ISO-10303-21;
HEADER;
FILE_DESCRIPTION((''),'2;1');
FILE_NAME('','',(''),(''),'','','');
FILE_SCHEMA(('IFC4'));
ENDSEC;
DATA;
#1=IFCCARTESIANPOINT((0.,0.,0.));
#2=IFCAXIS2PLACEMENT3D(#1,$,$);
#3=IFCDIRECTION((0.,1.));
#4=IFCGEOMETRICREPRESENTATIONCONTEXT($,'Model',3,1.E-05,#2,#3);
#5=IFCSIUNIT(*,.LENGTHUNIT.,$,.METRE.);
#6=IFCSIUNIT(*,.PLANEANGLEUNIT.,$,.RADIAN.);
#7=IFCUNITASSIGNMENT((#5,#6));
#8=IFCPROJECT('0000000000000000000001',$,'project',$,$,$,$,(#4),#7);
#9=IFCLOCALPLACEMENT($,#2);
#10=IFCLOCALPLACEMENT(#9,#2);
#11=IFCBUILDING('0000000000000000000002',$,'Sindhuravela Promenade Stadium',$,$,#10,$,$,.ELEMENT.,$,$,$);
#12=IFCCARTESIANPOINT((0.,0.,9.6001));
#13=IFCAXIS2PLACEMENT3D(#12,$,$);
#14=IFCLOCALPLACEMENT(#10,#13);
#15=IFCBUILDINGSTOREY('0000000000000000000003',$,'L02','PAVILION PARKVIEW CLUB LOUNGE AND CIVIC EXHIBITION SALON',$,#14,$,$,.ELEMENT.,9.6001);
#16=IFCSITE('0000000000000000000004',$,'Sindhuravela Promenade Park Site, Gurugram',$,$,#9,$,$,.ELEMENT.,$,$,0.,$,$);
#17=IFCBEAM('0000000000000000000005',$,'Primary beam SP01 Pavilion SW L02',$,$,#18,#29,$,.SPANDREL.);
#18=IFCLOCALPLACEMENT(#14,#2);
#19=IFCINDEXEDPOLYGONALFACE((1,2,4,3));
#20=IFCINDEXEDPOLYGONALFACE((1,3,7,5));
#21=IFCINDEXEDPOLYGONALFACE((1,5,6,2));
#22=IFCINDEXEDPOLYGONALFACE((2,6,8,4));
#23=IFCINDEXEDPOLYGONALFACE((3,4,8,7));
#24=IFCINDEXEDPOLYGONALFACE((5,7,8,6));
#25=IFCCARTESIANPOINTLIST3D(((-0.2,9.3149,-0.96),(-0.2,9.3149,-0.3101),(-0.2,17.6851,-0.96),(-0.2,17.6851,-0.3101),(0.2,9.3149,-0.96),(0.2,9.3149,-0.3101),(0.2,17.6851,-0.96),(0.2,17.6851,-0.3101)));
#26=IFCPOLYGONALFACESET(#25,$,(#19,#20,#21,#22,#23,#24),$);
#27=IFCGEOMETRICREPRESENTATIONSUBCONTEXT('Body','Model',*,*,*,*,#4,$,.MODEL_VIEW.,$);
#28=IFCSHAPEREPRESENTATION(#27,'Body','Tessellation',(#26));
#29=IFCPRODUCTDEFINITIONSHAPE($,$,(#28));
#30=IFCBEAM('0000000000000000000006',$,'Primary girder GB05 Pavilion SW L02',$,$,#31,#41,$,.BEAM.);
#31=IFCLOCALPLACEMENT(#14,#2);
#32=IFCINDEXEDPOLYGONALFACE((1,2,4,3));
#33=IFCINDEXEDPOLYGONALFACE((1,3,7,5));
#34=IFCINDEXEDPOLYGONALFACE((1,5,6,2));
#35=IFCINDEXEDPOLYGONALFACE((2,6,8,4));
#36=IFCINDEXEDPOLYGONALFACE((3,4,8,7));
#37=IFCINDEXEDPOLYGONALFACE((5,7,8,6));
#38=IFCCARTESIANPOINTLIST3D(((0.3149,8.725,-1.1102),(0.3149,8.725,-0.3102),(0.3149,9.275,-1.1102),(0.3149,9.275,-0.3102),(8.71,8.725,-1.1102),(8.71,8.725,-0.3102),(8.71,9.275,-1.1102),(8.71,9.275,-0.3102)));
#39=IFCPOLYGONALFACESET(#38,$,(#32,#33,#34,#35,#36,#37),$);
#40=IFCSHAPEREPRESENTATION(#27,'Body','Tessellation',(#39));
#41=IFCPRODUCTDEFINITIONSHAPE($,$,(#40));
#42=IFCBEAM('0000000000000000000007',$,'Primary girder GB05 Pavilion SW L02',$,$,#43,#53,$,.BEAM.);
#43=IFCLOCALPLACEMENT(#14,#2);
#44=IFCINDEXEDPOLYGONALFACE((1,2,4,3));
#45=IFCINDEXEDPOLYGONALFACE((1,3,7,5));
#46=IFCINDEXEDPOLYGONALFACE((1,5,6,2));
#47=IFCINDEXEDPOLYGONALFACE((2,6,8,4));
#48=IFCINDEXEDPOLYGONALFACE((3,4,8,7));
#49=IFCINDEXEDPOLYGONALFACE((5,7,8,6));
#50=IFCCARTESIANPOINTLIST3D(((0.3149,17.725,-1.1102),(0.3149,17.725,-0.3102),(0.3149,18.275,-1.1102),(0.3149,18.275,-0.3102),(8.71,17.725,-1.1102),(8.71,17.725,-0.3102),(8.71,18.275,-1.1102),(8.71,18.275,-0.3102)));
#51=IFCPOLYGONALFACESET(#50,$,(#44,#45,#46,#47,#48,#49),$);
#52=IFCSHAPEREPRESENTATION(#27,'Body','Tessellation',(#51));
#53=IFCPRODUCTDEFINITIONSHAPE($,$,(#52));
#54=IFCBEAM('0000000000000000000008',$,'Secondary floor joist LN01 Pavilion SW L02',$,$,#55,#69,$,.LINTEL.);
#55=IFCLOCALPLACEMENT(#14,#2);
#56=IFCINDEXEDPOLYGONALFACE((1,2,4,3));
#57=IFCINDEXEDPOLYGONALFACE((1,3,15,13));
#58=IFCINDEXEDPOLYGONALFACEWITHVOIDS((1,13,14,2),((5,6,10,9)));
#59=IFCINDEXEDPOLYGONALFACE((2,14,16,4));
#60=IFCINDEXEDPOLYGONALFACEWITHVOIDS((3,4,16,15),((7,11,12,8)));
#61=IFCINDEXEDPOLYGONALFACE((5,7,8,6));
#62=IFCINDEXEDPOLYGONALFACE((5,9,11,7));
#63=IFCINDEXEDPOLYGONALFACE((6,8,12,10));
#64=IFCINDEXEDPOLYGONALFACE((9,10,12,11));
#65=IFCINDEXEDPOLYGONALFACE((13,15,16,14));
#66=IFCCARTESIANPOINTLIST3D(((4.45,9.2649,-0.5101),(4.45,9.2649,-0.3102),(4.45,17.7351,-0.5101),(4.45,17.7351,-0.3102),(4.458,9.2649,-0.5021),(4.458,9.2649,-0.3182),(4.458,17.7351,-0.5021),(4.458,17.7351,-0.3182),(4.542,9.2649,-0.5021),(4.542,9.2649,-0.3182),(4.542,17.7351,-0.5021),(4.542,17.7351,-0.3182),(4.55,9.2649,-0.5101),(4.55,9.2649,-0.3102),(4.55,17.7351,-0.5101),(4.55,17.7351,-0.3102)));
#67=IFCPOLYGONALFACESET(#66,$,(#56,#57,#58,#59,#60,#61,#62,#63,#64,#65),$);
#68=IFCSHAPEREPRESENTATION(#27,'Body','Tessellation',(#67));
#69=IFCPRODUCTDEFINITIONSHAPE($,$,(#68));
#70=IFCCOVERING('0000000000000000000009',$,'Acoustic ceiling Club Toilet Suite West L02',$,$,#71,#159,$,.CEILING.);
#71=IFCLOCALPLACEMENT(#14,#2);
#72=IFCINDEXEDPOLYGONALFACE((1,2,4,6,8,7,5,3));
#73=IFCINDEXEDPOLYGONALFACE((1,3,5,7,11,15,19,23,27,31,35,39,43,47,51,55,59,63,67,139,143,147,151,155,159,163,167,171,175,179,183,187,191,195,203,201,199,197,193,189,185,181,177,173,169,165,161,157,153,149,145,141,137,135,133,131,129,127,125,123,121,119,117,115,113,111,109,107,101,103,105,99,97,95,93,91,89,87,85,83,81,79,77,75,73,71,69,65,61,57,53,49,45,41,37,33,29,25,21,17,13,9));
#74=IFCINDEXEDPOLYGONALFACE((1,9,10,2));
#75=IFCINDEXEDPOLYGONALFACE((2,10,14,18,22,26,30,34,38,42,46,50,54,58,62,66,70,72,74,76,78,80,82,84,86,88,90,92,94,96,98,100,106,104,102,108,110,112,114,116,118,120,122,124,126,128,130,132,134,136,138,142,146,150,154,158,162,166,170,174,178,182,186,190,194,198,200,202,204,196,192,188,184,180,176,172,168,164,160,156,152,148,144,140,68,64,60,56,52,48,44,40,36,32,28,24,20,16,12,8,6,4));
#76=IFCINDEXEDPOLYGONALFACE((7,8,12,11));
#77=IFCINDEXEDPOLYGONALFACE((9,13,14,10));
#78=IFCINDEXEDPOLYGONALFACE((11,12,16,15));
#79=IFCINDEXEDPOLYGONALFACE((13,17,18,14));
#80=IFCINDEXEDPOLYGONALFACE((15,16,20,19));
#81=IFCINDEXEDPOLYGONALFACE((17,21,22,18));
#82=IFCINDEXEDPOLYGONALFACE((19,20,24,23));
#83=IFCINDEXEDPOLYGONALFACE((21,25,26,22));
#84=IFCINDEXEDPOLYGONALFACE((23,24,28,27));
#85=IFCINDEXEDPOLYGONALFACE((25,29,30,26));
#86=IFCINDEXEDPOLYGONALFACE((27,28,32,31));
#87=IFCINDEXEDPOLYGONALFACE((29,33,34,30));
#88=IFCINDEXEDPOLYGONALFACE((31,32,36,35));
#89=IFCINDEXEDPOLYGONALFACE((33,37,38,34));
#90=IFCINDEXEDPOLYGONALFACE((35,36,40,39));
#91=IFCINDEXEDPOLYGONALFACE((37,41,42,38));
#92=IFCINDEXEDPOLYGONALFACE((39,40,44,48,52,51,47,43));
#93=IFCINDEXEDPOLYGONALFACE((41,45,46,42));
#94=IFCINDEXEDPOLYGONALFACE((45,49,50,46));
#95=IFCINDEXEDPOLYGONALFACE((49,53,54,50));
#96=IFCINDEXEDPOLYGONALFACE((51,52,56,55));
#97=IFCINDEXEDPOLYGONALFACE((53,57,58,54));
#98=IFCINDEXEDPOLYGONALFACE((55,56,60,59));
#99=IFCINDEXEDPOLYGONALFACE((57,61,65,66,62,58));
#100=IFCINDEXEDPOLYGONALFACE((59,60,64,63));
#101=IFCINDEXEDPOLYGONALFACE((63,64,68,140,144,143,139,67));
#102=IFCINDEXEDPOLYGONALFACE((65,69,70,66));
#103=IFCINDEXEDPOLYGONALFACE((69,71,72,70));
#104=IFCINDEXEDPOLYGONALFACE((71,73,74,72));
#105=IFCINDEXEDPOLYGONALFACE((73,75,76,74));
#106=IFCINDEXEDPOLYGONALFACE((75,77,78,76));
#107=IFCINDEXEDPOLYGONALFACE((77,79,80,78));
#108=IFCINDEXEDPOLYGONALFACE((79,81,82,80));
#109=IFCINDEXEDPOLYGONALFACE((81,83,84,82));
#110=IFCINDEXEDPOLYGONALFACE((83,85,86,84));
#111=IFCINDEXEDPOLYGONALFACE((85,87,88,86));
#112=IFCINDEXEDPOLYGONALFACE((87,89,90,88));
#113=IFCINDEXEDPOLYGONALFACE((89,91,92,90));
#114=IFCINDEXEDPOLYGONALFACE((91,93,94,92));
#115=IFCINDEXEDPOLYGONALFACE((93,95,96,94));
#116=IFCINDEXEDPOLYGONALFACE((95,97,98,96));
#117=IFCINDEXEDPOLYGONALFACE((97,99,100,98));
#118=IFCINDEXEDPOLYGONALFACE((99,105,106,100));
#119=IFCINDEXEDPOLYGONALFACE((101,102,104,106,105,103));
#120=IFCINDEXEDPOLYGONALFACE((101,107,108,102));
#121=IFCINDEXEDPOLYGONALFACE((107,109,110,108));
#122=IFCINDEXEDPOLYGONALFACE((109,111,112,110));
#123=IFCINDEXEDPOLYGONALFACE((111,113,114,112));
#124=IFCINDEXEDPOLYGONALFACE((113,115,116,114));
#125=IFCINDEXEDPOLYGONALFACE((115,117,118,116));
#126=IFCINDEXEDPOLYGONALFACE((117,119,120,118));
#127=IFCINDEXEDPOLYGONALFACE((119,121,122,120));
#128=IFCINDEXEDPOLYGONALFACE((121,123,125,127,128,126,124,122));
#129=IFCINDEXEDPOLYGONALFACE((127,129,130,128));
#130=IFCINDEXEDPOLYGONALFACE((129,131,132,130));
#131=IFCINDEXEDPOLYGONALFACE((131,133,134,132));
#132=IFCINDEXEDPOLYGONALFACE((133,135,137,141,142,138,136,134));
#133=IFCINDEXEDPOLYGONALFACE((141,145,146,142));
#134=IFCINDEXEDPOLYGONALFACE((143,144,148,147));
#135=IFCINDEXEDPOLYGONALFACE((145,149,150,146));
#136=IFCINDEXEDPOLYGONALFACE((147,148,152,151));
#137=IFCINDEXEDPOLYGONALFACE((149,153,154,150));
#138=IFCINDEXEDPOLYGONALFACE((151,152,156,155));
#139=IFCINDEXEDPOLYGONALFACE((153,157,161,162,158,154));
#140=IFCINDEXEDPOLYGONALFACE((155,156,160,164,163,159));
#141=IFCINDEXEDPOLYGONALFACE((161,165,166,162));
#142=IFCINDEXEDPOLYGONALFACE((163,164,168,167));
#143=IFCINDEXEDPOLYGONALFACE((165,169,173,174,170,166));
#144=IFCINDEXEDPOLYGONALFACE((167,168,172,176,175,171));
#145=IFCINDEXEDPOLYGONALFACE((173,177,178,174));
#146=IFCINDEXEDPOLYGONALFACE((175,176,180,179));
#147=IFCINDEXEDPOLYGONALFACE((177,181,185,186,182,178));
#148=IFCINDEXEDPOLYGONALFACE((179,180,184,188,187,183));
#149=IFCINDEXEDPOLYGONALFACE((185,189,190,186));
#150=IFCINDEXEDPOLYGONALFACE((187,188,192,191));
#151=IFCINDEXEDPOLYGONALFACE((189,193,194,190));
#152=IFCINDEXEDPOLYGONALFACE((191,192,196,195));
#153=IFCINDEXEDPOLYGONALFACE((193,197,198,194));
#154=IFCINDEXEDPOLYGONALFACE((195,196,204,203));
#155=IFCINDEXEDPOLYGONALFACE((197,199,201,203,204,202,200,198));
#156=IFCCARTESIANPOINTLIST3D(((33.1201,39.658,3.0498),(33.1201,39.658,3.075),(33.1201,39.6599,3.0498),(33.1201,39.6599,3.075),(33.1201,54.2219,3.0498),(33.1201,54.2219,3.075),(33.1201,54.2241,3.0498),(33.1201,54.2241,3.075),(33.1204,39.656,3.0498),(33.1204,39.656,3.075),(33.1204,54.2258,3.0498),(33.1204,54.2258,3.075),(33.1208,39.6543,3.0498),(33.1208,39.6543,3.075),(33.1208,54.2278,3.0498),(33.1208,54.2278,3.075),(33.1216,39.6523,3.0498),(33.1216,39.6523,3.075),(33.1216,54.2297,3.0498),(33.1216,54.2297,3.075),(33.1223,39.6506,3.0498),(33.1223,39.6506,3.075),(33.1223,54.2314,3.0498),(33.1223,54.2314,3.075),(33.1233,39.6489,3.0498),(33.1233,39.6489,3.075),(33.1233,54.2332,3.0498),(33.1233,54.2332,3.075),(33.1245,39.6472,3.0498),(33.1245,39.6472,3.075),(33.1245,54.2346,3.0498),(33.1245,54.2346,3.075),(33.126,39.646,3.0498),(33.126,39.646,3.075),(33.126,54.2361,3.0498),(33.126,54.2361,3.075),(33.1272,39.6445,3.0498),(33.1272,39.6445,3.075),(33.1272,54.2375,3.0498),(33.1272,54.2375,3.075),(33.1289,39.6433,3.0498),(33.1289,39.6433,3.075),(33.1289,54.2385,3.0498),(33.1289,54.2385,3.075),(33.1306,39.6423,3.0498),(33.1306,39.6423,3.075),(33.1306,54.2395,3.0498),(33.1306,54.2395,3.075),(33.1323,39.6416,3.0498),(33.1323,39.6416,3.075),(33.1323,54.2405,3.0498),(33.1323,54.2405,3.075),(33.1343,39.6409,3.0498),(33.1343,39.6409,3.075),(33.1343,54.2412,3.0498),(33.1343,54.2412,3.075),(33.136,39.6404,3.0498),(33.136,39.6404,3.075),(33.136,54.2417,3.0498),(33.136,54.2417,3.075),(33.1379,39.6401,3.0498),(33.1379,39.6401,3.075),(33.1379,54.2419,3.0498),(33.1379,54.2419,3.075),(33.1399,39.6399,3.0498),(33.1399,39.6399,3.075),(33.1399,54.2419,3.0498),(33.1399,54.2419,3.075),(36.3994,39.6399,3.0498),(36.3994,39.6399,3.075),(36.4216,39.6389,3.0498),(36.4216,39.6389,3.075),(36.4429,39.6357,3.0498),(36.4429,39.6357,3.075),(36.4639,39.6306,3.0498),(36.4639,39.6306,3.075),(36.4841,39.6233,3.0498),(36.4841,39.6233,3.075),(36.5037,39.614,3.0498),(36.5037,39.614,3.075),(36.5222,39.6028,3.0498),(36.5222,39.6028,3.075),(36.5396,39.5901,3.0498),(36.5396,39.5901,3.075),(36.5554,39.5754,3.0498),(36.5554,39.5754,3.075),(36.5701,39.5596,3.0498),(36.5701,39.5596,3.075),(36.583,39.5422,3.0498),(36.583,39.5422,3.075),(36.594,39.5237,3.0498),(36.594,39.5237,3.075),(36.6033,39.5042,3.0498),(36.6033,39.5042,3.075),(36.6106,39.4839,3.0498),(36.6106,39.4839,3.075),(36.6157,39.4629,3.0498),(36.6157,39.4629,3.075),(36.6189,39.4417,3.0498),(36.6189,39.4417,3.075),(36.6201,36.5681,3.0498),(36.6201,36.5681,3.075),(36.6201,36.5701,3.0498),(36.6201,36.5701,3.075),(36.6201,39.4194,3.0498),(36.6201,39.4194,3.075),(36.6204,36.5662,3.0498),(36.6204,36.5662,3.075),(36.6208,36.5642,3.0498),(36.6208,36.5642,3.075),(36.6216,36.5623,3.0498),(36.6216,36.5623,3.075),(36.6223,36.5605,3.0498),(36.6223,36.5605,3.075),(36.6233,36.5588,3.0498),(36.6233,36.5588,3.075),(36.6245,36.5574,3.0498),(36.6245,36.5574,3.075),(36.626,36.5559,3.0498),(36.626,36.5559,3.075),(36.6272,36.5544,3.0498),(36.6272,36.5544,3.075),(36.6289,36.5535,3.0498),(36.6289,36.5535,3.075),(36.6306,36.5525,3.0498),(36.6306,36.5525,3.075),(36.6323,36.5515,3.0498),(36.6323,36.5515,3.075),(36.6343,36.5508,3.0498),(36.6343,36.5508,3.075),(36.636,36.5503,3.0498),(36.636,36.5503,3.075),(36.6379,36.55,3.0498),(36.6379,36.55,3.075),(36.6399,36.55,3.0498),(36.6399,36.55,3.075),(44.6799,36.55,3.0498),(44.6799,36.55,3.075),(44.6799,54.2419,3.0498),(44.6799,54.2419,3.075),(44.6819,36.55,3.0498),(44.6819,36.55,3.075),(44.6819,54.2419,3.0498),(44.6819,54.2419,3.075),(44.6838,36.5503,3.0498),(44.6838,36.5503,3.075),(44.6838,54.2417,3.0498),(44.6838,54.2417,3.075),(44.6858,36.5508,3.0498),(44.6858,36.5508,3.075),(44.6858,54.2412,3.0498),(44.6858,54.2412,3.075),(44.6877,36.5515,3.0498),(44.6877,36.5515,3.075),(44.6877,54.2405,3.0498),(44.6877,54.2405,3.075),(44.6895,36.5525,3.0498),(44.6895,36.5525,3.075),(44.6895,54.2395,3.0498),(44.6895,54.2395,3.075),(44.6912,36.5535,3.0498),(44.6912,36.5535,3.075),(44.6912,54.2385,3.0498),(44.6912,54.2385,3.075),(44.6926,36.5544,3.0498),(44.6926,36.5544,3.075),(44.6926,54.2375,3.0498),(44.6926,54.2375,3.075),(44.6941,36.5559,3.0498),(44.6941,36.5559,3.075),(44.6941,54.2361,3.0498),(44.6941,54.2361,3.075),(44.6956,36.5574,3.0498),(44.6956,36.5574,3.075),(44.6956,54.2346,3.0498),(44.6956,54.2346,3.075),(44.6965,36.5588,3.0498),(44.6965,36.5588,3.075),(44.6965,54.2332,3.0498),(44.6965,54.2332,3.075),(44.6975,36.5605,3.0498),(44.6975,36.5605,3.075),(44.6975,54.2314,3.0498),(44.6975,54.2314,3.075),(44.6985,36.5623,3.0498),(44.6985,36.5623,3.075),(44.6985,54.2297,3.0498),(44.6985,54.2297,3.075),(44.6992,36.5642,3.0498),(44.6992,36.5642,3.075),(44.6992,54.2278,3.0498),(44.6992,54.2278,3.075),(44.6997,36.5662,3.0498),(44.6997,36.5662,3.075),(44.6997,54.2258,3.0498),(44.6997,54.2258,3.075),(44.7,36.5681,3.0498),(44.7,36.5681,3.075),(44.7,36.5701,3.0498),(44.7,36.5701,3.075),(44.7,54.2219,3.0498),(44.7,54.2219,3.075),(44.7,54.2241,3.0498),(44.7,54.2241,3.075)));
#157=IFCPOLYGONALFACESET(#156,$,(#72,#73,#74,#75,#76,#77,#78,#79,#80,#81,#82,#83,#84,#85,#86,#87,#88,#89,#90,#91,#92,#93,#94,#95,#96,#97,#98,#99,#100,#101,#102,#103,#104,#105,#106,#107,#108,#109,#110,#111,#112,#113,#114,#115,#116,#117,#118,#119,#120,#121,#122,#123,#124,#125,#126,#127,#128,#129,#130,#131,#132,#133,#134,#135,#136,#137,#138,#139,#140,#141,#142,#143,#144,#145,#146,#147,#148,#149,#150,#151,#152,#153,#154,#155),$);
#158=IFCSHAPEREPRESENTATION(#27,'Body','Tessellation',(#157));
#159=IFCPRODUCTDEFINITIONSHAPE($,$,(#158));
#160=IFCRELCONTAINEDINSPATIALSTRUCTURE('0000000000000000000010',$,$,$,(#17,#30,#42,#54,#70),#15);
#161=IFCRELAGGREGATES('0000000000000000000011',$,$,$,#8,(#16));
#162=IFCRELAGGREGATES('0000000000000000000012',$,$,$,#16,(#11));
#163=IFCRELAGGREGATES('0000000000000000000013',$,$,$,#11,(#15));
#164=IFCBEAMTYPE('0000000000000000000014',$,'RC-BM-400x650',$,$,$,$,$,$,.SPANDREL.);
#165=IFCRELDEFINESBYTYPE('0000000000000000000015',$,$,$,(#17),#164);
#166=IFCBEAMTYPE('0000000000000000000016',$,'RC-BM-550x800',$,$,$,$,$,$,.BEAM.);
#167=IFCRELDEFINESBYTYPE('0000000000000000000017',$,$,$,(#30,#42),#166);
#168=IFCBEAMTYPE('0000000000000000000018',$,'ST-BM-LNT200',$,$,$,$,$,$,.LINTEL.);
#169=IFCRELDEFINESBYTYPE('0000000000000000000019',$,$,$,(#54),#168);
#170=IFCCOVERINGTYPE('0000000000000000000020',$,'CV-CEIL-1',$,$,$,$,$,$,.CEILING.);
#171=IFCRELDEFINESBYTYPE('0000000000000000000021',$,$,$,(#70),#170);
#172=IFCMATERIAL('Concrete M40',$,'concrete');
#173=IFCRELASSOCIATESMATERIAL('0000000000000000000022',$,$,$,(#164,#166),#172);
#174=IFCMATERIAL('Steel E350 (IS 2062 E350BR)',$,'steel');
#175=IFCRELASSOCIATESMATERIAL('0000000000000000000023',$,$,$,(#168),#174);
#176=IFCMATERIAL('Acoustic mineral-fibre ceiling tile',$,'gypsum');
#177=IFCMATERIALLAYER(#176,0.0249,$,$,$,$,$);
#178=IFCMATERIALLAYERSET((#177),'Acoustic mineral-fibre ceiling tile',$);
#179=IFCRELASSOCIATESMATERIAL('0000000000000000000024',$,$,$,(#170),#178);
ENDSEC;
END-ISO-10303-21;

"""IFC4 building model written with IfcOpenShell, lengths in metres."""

from ifc_helpers import new_model, si_unit, direction, frame, origin, origin_2d, place, context, subcontext, project, spatial, polyline, rectangle, hollow_rectangle, outline, extrude, material, layer, layer_set, material_profile, profile_set, type_object, element, save


model = new_model("IFC4")

# Units and contexts
model_context = context("Model", 3, precision=1e-05, world=origin(), true_north=direction((0.0, 1.0)))
body_context = subcontext(model_context, "Body", "Model", "MODEL_VIEW")
ifc_project = project(units=[si_unit("LENGTHUNIT", "METRE"), si_unit("PLANEANGLEUNIT", "RADIAN")], contexts=[model_context])

# Site, building, storey
site_placement = place(None, origin())
site = spatial("IfcSite", under=ifc_project, at=site_placement, Name="Sindhuravela Promenade Park Site, Gurugram", CompositionType="ELEMENT", RefElevation=0.0)
building_placement = place(site_placement, origin())
building = spatial("IfcBuilding", under=site, at=building_placement, Name="Sindhuravela Promenade Stadium", CompositionType="ELEMENT")
storey_placement = place(building_placement, frame((0.0, 0.0, 9.6001)))
storey = spatial("IfcBuildingStorey", under=building, at=storey_placement, Name="L02", Description="PAVILION PARKVIEW CLUB LOUNGE AND CIVIC EXHIBITION SALON", CompositionType="ELEMENT", Elevation=9.6001)

# Beams
ifc_material_1 = material(Name="Concrete M40", Category="concrete")
ifc_material_profile_1 = material_profile(ifc_material_1, rectangle(XDim=0.3999, YDim=0.6499, at=origin_2d()), Name="RC 400x650")
ifc_profile_set_1 = profile_set([ifc_material_profile_1], Name="Concrete M40")
beam_type_1 = type_object("IfcBeamType", Name="RC-BM-400x650", PredefinedType="SPANDREL", material=ifc_profile_set_1)
beam_1_placement = place(storey_placement, frame((0.0, 9.3149, -0.635), z_axis=(0.0, 1.0, 0.0), x_axis=(-1.0, 0.0, 0.0)))
element("IfcBeam", 1, at=beam_1_placement, inside=storey, type_object=beam_type_1, Name="Primary beam SP01 Pavilion SW L02", PredefinedType="SPANDREL", context=body_context, shape_type="SweptSolid", body=[
    extrude(rectangle(XDim=0.3999, YDim=0.6499, at=origin_2d()), origin(), (0.0, 0.0, 1.0), 8.3701),
])
ifc_material_profile_2 = material_profile(ifc_material_1, rectangle(XDim=0.55, YDim=0.8, at=origin_2d()), Name="RC 550x800")
ifc_profile_set_2 = profile_set([ifc_material_profile_2], Name="Concrete M40")
beam_type_2 = type_object("IfcBeamType", Name="RC-BM-550x800", PredefinedType="BEAM", material=ifc_profile_set_2)
for number, where, z_axis, x_axis, name in (
    (2, (0.3149, 9.0, -0.7102), (1.0, 0.0, 0.0), (0.0, 1.0, 0.0), "Primary girder GB05 Pavilion SW L02"),
    (3, (0.3149, 18.0, -0.7102), (1.0, 0.0, 0.0), (0.0, 1.0, 0.0), "Primary girder GB05 Pavilion SW L02"),
):
    element("IfcBeam", number, at=place(storey_placement, frame(where, z_axis=z_axis, x_axis=x_axis)), inside=storey, type_object=beam_type_2, Name=name, PredefinedType="BEAM", context=body_context, shape_type="SweptSolid", body=[
        extrude(rectangle(XDim=0.55, YDim=0.8, at=origin_2d()), origin(), (0.0, 0.0, 1.0), 8.395),
    ])
ifc_material_2 = material(Name="Steel E350 (IS 2062 E350BR)", Category="steel")
ifc_material_profile_3 = material_profile(ifc_material_2, hollow_rectangle(XDim=0.1001, YDim=0.2, WallThickness=0.0081, at=origin_2d()), Name="RHS 200x100x8")
ifc_profile_set_3 = profile_set([ifc_material_profile_3], Name="Steel E350 (IS 2062 E350BR)")
beam_type_3 = type_object("IfcBeamType", Name="ST-BM-LNT200", PredefinedType="LINTEL", material=ifc_profile_set_3)
beam_2_placement = place(storey_placement, frame((4.5, 9.2649, -0.4102), z_axis=(0.0, 1.0, 0.0), x_axis=(-1.0, 0.0, 0.0)))
element("IfcBeam", 4, at=beam_2_placement, inside=storey, type_object=beam_type_3, Name="Secondary floor joist LN01 Pavilion SW L02", PredefinedType="LINTEL", context=body_context, shape_type="SweptSolid", body=[
    extrude(hollow_rectangle(XDim=0.1001, YDim=0.2, WallThickness=0.0081, at=origin_2d()), origin(), (0.0, 0.0, 1.0), 8.4702),
])

# Covering
ifc_material_3 = material(Name="Acoustic mineral-fibre ceiling tile", Category="gypsum")
ifc_layer_1 = layer(ifc_material_3, 0.0249)
ifc_layer_set_1 = layer_set([ifc_layer_1], Name="Acoustic mineral-fibre ceiling tile")
covering_type_1 = type_object("IfcCoveringType", Name="CV-CEIL-1", PredefinedType="CEILING", material=ifc_layer_set_1)
covering_1_placement = place(storey_placement, frame((0.0, 0.0, 3.0498)))
element("IfcCovering", 5, at=covering_1_placement, inside=storey, type_object=covering_type_1, Name="Acoustic ceiling Club Toilet Suite West L02", PredefinedType="CEILING", context=body_context, shape_type="SweptSolid", body=[
    extrude(outline(polyline([(44.7, 36.5701), (44.7, 36.5681), (44.6997, 36.5662), (44.6992, 36.5642), (44.6985, 36.5623), (44.6975, 36.5605), (44.6965, 36.5588), (44.6956, 36.5574), (44.6941, 36.5559), (44.6926, 36.5544), (44.6912, 36.5535), (44.6895, 36.5525), (44.6877, 36.5515), (44.6858, 36.5508), (44.6838, 36.5503), (44.6819, 36.55), (44.6799, 36.55), (36.6399, 36.55), (36.6379, 36.55), (36.636, 36.5503), (36.6343, 36.5508), (36.6323, 36.5515), (36.6306, 36.5525), (36.6289, 36.5535), (36.6272, 36.5544), (36.626, 36.5559), (36.6245, 36.5574), (36.6233, 36.5588), (36.6223, 36.5605), (36.6216, 36.5623), (36.6208, 36.5642), (36.6204, 36.5662), (36.6201, 36.5681), (36.6201, 36.5701), (36.6201, 39.4194), (36.6189, 39.4417), (36.6157, 39.4629), (36.6106, 39.4839), (36.6033, 39.5042), (36.594, 39.5237), (36.583, 39.5422), (36.5701, 39.5596), (36.5554, 39.5754), (36.5396, 39.5901), (36.5222, 39.6028), (36.5037, 39.614), (36.4841, 39.6233), (36.4639, 39.6306), (36.4429, 39.6357), (36.4216, 39.6389), (36.3994, 39.6399), (33.1399, 39.6399), (33.1379, 39.6401), (33.136, 39.6404), (33.1343, 39.6409), (33.1323, 39.6416), (33.1306, 39.6423), (33.1289, 39.6433), (33.1272, 39.6445), (33.126, 39.646), (33.1245, 39.6472), (33.1233, 39.6489), (33.1223, 39.6506), (33.1216, 39.6523), (33.1208, 39.6543), (33.1204, 39.656), (33.1201, 39.658), (33.1201, 39.6599), (33.1201, 54.2219), (33.1201, 54.2241), (33.1204, 54.2258), (33.1208, 54.2278), (33.1216, 54.2297), (33.1223, 54.2314), (33.1233, 54.2332), (33.1245, 54.2346), (33.126, 54.2361), (33.1272, 54.2375), (33.1289, 54.2385), (33.1306, 54.2395), (33.1323, 54.2405), (33.1343, 54.2412), (33.136, 54.2417), (33.1379, 54.2419), (33.1399, 54.2419), (44.6799, 54.2419), (44.6819, 54.2419), (44.6838, 54.2417), (44.6858, 54.2412), (44.6877, 54.2405), (44.6895, 54.2395), (44.6912, 54.2385), (44.6926, 54.2375), (44.6941, 54.2361), (44.6956, 54.2346), (44.6965, 54.2332), (44.6975, 54.2314), (44.6985, 54.2297), (44.6992, 54.2278), (44.6997, 54.2258), (44.7, 54.2241), (44.7, 54.2219), (44.7, 36.5701)])), origin(), (0.0, 0.0, 1.0), 0.0251),
])

save(model, "model.ifc")
